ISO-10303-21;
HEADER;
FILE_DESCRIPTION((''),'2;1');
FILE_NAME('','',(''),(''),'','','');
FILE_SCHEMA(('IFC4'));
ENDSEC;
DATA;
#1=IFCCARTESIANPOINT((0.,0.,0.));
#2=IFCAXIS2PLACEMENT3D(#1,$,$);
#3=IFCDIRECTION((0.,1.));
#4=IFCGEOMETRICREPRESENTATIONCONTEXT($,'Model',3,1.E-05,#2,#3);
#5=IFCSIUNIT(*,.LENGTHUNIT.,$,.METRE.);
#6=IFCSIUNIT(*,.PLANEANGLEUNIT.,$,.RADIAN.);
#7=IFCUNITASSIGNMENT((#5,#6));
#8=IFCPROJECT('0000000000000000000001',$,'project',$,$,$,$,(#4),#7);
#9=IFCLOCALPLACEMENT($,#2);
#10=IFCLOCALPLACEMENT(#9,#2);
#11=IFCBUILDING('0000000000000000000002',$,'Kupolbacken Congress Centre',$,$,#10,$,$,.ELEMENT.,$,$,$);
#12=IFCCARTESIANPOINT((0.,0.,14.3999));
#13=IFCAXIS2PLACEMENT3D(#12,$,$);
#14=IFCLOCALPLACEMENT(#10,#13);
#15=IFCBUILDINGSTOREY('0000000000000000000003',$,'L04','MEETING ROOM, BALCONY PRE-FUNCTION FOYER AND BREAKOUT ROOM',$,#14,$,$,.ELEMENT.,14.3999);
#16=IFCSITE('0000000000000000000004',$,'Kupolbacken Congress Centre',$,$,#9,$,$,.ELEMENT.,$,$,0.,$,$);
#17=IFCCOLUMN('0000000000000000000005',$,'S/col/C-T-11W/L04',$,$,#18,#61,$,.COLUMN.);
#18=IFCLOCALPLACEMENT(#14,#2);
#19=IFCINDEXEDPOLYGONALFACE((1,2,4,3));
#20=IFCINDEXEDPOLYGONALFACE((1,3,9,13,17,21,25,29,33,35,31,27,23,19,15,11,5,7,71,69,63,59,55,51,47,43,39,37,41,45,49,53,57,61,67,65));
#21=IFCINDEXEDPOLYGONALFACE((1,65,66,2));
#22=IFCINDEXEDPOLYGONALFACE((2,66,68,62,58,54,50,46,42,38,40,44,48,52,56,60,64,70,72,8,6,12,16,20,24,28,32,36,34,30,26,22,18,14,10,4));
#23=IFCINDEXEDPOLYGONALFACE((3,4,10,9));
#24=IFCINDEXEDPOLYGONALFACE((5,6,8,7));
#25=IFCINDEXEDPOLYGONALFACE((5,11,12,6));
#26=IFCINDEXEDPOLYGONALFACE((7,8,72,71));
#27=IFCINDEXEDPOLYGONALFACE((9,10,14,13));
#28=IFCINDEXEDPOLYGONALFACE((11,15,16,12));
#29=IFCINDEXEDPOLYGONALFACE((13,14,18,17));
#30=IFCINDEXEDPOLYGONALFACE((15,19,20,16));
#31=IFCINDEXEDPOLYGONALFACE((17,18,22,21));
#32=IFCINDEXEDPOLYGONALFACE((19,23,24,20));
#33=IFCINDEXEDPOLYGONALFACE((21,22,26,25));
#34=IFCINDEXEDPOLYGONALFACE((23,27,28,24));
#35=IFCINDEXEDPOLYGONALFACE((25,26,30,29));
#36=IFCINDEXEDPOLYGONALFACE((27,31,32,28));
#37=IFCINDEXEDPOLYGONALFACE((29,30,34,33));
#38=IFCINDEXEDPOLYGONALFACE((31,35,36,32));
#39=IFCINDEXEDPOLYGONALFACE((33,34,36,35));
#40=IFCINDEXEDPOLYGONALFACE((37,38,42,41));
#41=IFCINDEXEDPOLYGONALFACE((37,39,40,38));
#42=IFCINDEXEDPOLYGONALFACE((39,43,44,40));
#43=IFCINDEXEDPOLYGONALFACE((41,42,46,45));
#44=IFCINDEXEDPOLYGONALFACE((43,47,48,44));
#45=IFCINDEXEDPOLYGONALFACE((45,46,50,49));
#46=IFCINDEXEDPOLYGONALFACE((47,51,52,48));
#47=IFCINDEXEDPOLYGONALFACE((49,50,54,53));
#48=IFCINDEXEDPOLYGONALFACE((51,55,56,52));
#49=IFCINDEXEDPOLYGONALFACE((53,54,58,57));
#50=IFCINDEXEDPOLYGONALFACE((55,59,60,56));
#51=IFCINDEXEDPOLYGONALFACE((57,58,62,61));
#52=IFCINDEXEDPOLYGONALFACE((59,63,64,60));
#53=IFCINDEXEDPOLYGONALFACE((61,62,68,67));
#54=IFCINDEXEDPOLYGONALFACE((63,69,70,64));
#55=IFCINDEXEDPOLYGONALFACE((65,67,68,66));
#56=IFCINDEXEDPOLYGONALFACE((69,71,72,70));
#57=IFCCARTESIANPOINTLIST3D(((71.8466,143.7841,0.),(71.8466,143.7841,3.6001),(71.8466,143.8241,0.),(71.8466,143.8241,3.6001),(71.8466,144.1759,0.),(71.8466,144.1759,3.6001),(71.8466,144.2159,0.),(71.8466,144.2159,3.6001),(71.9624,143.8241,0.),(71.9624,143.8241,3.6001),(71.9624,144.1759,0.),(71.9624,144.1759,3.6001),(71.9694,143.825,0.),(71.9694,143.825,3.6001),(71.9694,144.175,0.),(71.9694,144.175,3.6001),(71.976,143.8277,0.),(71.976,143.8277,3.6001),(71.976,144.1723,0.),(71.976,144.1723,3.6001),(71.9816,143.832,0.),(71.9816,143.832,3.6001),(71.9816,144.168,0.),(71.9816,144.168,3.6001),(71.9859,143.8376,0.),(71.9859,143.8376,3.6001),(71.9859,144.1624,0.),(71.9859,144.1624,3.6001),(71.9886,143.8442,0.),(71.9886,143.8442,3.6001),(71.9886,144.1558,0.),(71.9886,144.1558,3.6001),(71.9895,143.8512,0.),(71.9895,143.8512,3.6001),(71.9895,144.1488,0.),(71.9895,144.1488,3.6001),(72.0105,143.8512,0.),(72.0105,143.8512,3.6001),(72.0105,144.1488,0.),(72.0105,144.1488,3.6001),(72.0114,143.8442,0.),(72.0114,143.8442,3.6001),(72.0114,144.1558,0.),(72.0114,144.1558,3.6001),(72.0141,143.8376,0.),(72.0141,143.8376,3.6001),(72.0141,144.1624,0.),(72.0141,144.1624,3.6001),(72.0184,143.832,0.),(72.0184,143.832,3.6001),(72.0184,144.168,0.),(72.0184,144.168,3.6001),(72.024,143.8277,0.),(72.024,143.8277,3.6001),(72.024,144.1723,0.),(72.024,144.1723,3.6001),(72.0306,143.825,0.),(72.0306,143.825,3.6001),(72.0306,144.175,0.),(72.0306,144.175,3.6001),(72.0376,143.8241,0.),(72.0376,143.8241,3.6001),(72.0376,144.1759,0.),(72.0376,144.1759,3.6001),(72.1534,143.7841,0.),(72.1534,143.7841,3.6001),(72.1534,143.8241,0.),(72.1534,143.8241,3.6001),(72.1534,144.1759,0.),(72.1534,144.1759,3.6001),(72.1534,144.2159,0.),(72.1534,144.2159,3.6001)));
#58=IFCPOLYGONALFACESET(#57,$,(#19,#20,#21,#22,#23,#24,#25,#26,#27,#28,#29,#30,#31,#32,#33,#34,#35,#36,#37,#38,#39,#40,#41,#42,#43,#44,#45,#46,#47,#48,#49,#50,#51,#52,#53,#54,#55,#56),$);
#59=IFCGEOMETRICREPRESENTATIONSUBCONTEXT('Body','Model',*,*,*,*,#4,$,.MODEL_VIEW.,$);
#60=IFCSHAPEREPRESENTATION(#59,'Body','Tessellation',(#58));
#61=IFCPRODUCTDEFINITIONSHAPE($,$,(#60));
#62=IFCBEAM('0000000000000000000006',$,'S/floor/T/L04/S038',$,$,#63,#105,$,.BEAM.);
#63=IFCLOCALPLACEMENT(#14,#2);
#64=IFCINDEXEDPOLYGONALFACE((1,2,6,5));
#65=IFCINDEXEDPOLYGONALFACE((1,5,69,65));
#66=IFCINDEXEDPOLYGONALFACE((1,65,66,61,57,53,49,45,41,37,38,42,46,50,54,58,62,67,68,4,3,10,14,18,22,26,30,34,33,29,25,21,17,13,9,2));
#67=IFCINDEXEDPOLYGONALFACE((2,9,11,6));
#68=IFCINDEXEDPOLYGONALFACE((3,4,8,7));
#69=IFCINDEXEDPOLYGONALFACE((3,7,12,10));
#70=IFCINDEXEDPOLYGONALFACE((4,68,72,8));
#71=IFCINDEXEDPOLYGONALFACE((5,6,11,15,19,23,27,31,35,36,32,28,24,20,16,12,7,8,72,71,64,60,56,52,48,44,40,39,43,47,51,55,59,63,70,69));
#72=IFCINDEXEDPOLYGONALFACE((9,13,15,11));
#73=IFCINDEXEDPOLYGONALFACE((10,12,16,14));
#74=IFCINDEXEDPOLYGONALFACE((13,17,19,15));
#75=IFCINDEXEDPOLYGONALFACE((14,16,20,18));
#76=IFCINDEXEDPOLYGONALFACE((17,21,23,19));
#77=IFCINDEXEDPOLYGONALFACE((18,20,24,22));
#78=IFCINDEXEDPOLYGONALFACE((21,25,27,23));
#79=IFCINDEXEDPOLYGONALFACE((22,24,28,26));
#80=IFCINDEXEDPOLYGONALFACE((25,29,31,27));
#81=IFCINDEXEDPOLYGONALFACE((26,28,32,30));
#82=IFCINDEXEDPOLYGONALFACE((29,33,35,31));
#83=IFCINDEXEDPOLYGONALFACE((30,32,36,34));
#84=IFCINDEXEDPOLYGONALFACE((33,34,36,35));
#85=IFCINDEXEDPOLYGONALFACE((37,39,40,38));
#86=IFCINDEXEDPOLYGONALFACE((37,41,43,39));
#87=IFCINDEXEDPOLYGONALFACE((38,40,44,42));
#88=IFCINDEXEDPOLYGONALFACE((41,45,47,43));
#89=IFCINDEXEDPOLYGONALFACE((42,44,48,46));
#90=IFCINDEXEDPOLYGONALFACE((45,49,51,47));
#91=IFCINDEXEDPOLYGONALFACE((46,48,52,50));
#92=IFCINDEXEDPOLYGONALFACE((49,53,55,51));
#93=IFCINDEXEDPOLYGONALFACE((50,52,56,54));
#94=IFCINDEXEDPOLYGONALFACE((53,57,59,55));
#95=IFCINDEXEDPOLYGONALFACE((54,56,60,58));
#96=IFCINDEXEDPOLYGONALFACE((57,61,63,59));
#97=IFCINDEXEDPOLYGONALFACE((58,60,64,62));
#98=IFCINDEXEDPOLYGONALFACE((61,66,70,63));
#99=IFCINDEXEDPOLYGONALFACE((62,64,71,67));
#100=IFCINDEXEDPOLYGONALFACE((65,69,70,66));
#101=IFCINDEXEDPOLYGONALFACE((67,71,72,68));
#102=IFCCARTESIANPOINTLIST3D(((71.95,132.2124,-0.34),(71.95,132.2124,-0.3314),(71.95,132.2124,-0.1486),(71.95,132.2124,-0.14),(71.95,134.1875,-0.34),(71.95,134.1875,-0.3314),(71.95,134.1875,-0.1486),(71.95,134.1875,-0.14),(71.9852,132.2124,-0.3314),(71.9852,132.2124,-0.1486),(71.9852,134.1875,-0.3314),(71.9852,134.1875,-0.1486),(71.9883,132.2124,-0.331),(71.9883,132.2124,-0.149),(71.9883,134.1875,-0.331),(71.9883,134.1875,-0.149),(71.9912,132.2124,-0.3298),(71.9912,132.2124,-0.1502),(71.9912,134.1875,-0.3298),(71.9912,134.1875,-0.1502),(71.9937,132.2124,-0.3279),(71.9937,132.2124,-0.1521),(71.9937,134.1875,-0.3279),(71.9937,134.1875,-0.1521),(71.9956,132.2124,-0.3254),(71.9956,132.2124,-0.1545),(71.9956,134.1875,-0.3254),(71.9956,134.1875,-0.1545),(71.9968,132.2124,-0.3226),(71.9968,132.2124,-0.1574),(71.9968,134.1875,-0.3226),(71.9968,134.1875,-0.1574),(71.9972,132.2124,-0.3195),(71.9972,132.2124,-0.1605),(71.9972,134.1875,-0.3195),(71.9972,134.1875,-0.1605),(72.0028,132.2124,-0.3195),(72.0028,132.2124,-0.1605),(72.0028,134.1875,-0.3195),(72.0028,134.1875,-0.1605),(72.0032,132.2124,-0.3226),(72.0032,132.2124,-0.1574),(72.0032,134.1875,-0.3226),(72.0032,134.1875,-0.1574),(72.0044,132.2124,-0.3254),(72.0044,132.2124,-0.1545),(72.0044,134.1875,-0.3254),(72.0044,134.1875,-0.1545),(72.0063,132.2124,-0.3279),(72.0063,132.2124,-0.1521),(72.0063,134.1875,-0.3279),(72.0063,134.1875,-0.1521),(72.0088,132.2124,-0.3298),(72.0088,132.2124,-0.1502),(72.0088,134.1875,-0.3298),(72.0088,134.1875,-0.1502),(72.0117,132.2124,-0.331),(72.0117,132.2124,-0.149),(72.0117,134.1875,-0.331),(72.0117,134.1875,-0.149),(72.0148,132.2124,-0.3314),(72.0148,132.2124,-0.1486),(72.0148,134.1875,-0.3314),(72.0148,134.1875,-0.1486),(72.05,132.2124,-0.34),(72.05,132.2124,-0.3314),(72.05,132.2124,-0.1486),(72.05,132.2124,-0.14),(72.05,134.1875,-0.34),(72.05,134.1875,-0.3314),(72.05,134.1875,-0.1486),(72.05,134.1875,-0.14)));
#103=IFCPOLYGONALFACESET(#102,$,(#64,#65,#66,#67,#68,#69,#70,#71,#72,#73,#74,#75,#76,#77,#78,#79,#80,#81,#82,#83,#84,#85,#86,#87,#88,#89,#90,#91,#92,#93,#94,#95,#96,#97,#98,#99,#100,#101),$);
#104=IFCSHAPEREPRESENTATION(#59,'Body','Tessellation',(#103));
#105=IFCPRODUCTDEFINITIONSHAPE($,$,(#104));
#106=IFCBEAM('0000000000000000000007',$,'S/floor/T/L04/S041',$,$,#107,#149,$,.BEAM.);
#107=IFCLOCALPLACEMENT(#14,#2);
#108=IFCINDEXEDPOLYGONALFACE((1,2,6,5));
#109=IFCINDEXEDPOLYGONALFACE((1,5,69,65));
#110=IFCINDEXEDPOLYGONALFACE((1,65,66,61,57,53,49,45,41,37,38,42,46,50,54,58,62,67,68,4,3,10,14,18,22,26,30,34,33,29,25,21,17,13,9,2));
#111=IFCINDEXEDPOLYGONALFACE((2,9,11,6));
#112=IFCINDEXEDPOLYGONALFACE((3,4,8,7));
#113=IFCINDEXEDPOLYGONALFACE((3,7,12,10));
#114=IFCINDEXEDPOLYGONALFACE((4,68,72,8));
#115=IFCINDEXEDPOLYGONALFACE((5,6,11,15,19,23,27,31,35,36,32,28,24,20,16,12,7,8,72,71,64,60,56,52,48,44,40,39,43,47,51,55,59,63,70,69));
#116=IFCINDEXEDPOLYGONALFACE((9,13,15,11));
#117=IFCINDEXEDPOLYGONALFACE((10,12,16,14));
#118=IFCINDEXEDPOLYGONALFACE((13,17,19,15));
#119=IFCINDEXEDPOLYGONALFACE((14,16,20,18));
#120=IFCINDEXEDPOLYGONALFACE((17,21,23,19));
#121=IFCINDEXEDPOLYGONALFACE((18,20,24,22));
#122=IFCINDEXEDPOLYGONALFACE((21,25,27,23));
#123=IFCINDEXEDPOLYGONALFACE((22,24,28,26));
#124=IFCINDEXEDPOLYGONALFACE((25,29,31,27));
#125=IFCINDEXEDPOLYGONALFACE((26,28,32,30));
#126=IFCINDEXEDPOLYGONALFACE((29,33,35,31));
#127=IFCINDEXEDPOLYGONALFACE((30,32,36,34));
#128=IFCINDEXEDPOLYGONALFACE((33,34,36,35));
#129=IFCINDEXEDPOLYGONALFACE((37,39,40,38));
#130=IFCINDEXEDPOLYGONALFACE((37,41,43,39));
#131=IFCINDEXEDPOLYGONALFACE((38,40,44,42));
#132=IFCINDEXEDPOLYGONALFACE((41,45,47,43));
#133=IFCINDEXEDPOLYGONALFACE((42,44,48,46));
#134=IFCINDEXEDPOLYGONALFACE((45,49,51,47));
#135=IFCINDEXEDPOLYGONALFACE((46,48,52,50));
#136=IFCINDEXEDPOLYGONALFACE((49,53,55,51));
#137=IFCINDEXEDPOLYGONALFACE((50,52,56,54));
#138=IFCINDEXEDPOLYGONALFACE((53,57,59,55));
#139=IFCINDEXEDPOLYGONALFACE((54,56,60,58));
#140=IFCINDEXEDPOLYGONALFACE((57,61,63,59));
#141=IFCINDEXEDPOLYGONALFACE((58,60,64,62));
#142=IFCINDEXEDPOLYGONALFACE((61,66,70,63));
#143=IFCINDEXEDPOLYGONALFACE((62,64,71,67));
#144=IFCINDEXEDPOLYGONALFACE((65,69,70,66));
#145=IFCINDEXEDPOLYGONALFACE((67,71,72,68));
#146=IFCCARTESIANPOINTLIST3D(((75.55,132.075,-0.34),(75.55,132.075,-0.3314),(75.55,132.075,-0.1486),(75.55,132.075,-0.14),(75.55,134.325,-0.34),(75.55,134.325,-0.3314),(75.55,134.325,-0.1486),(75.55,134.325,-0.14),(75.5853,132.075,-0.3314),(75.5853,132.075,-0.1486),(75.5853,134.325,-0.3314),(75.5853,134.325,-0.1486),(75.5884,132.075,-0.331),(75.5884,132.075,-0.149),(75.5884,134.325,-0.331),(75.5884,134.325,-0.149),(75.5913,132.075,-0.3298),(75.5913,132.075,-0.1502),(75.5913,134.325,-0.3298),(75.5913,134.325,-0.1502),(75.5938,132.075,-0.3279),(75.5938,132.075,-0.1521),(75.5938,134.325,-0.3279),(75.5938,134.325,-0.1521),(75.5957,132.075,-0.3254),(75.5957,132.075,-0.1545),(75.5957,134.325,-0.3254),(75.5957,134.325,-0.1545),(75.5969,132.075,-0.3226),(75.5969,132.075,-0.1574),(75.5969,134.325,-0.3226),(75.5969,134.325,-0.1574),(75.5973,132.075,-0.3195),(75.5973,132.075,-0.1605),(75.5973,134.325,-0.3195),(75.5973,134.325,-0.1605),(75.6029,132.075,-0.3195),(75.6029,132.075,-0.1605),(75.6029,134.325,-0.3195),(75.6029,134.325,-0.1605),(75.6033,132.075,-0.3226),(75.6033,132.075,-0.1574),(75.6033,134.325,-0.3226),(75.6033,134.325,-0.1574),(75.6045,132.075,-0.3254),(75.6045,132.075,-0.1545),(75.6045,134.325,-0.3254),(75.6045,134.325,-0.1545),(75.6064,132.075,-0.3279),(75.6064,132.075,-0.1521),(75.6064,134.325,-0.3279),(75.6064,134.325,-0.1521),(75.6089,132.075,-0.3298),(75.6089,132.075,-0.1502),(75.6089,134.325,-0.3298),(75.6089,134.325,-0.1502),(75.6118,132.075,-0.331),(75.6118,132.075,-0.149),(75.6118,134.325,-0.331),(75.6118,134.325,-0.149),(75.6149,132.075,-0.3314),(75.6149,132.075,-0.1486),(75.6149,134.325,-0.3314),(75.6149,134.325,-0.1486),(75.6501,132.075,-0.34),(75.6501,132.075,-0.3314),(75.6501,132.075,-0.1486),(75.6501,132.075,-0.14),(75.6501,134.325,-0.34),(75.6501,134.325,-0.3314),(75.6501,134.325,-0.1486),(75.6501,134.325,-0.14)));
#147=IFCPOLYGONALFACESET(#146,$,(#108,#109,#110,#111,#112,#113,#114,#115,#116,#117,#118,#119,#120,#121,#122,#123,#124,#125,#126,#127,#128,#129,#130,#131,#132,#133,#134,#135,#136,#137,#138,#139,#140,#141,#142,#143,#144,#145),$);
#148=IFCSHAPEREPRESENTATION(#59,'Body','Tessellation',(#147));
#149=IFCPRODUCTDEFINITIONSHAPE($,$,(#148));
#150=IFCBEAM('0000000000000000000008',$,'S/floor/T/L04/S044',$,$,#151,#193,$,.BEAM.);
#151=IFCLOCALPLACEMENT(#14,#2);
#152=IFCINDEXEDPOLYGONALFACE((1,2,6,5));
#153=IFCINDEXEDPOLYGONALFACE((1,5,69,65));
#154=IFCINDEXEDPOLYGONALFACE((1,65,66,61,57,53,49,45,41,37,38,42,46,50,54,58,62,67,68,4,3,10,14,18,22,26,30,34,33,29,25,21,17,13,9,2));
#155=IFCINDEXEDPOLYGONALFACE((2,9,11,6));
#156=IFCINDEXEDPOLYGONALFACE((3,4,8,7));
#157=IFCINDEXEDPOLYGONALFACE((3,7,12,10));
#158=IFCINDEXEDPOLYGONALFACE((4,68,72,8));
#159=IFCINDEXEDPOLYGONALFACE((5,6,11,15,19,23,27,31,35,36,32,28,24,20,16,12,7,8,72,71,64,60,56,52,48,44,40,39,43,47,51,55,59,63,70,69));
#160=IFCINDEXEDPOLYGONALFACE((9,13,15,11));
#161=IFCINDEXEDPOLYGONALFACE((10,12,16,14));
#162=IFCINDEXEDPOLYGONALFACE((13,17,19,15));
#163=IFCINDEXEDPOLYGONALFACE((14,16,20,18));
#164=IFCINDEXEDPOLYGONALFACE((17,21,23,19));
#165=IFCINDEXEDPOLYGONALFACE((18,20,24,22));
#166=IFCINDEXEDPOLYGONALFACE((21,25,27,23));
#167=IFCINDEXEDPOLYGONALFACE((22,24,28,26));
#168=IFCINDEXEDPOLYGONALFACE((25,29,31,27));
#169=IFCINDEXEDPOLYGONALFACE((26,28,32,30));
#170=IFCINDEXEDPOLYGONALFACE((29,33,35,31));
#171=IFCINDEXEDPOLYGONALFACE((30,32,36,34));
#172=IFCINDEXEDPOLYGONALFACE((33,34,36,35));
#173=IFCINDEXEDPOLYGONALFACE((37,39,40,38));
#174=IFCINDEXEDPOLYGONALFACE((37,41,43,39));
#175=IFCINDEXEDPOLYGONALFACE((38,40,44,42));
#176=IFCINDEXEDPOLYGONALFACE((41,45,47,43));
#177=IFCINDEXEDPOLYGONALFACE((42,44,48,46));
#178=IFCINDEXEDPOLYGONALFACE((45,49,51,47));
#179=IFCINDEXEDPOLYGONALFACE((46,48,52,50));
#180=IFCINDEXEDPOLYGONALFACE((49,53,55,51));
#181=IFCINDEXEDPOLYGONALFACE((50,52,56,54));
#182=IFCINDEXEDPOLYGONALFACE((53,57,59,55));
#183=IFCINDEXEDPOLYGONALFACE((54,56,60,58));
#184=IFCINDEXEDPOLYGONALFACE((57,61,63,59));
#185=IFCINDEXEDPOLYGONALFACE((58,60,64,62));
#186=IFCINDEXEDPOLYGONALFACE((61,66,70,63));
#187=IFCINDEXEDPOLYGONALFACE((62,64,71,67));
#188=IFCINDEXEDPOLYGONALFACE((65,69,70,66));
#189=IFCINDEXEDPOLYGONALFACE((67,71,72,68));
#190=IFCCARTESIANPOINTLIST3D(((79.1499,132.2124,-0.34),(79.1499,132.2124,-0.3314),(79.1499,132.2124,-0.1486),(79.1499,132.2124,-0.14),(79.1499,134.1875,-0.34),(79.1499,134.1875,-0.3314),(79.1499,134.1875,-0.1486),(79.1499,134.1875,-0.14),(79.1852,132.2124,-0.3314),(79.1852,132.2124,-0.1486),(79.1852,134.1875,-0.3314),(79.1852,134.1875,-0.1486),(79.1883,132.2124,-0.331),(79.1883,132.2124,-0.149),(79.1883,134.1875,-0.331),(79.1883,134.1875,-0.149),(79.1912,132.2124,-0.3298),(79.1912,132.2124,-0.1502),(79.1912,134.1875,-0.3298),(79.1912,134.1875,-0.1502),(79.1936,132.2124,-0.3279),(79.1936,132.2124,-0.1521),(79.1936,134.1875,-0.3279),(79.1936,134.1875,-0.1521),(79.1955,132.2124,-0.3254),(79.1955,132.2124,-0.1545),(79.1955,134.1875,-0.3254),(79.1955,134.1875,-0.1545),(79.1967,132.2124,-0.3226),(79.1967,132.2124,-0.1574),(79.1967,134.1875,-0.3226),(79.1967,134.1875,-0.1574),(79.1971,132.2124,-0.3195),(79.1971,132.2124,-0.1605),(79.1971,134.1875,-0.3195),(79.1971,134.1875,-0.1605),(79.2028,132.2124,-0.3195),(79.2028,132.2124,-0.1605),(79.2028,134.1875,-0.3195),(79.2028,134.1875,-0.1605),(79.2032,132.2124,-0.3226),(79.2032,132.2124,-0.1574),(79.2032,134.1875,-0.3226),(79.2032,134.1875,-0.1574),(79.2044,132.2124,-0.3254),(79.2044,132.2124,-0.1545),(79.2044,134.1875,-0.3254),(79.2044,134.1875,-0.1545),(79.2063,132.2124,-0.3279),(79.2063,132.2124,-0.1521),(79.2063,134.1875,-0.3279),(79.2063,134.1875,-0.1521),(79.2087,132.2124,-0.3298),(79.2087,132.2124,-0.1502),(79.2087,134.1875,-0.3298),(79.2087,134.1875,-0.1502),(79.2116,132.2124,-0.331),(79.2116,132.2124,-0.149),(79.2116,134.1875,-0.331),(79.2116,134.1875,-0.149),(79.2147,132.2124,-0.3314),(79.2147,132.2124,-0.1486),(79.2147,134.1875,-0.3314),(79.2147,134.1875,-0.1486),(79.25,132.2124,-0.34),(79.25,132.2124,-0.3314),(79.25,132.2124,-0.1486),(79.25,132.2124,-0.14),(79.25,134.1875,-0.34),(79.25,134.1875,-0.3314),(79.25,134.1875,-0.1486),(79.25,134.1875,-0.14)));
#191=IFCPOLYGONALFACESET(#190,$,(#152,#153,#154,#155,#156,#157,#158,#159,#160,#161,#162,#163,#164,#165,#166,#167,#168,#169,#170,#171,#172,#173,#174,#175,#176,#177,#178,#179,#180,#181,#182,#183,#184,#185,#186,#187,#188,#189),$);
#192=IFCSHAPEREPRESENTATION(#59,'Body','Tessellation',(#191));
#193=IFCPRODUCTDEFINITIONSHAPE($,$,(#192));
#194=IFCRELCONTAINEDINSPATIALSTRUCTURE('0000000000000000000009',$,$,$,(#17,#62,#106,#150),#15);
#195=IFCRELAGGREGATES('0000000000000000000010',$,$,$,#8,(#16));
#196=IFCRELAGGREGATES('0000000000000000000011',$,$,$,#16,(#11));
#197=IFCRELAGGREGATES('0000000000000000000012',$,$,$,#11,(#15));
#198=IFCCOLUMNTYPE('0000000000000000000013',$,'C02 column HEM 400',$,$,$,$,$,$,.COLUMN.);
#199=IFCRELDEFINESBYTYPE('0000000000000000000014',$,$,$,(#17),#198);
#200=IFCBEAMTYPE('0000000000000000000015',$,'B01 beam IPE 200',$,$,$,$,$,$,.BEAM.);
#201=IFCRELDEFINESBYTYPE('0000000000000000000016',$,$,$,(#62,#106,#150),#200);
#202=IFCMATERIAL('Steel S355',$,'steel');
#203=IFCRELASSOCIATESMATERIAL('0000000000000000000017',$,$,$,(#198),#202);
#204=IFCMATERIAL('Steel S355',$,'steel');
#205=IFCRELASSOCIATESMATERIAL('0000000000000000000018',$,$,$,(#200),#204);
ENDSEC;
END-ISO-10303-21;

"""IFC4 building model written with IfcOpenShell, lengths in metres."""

from ifc_helpers import new_model, si_unit, direction, frame, origin, origin_2d, place, context, subcontext, project, spatial, i_section, extrude, material, material_profile, profile_set, type_object, element, save


model = new_model("IFC4")

# Units and contexts
model_context = context("Model", 3, precision=1e-05, world=origin(), true_north=direction((0.0, 1.0)))
body_context = subcontext(model_context, "Body", "Model", "MODEL_VIEW")
ifc_project = project(units=[si_unit("LENGTHUNIT", "METRE"), si_unit("PLANEANGLEUNIT", "RADIAN")], contexts=[model_context])

# Site, building, storey
site_placement = place(None, origin())
site = spatial("IfcSite", under=ifc_project, at=site_placement, Name="Kupolbacken Congress Centre", CompositionType="ELEMENT", RefElevation=0.0)
building_placement = place(site_placement, origin())
building = spatial("IfcBuilding", under=site, at=building_placement, Name="Kupolbacken Congress Centre", CompositionType="ELEMENT")
storey_placement = place(building_placement, frame((0.0, 0.0, 14.3999)))
storey = spatial("IfcBuildingStorey", under=building, at=storey_placement, Name="L04", Description="MEETING ROOM, BALCONY PRE-FUNCTION FOYER AND BREAKOUT ROOM", CompositionType="ELEMENT", Elevation=14.3999)

# Column
ifc_material_1 = material(Name="Steel S355", Category="steel")
ifc_material_profile_1 = material_profile(ifc_material_1, i_section(OverallWidth=0.3069, OverallDepth=0.4319, WebThickness=0.021, FlangeThickness=0.04, FilletRadius=0.0271, at=origin_2d()), Name="HEM 400")
ifc_profile_set_1 = profile_set([ifc_material_profile_1], Name="Steel S355")
column_type_1 = type_object("IfcColumnType", Name="C02 column HEM 400", PredefinedType="COLUMN", material=ifc_profile_set_1)
column_placement = place(storey_placement, frame((72.0, 144.0, 0.0), z_axis=(0.0, 0.0, 1.0), x_axis=(1.0, 0.0, 0.0)))
element("IfcColumn", 1, at=column_placement, inside=storey, type_object=column_type_1, Name="S/col/C-T-11W/L04", PredefinedType="COLUMN", context=body_context, shape_type="SweptSolid", body=[
    extrude(i_section(OverallWidth=0.3069, OverallDepth=0.4319, WebThickness=0.021, FlangeThickness=0.04, FilletRadius=0.0271, at=origin_2d()), origin(), (0.0, 0.0, 1.0), 3.6001),
])

# Beams
ifc_material_2 = material(Name="Steel S355", Category="steel")
ifc_material_profile_2 = material_profile(ifc_material_2, i_section(OverallWidth=0.1001, OverallDepth=0.2, WebThickness=0.0056, FlangeThickness=0.0085, FilletRadius=0.012, at=origin_2d()), Name="IPE 200")
ifc_profile_set_2 = profile_set([ifc_material_profile_2], Name="Steel S355")
beam_type_1 = type_object("IfcBeamType", Name="B01 beam IPE 200", PredefinedType="BEAM", material=ifc_profile_set_2)
beam_1_placement = place(storey_placement, frame((72.0, 132.2124, -0.24), z_axis=(0.0, 1.0, 0.0), x_axis=(-1.0, 0.0, 0.0)))
element("IfcBeam", 2, at=beam_1_placement, inside=storey, type_object=beam_type_1, Name="S/floor/T/L04/S038", PredefinedType="BEAM", context=body_context, shape_type="SweptSolid", body=[
    extrude(i_section(OverallWidth=0.1001, OverallDepth=0.2, WebThickness=0.0056, FlangeThickness=0.0085, FilletRadius=0.012, at=origin_2d()), origin(), (0.0, 0.0, 1.0), 1.9751),
])
beam_2_placement = place(storey_placement, frame((75.6001, 132.075, -0.24), z_axis=(0.0, 1.0, 0.0), x_axis=(-1.0, 0.0, 0.0)))
element("IfcBeam", 3, at=beam_2_placement, inside=storey, type_object=beam_type_1, Name="S/floor/T/L04/S041", PredefinedType="BEAM", context=body_context, shape_type="SweptSolid", body=[
    extrude(i_section(OverallWidth=0.1001, OverallDepth=0.2, WebThickness=0.0056, FlangeThickness=0.0085, FilletRadius=0.012, at=origin_2d()), origin(), (0.0, 0.0, 1.0), 2.25),
])
beam_3_placement = place(storey_placement, frame((79.2, 132.2124, -0.24), z_axis=(0.0, 1.0, 0.0), x_axis=(-1.0, 0.0, 0.0)))
element("IfcBeam", 4, at=beam_3_placement, inside=storey, type_object=beam_type_1, Name="S/floor/T/L04/S044", PredefinedType="BEAM", context=body_context, shape_type="SweptSolid", body=[
    extrude(i_section(OverallWidth=0.1001, OverallDepth=0.2, WebThickness=0.0056, FlangeThickness=0.0085, FilletRadius=0.012, at=origin_2d()), origin(), (0.0, 0.0, 1.0), 1.9751),
])

save(model, "model.ifc")
